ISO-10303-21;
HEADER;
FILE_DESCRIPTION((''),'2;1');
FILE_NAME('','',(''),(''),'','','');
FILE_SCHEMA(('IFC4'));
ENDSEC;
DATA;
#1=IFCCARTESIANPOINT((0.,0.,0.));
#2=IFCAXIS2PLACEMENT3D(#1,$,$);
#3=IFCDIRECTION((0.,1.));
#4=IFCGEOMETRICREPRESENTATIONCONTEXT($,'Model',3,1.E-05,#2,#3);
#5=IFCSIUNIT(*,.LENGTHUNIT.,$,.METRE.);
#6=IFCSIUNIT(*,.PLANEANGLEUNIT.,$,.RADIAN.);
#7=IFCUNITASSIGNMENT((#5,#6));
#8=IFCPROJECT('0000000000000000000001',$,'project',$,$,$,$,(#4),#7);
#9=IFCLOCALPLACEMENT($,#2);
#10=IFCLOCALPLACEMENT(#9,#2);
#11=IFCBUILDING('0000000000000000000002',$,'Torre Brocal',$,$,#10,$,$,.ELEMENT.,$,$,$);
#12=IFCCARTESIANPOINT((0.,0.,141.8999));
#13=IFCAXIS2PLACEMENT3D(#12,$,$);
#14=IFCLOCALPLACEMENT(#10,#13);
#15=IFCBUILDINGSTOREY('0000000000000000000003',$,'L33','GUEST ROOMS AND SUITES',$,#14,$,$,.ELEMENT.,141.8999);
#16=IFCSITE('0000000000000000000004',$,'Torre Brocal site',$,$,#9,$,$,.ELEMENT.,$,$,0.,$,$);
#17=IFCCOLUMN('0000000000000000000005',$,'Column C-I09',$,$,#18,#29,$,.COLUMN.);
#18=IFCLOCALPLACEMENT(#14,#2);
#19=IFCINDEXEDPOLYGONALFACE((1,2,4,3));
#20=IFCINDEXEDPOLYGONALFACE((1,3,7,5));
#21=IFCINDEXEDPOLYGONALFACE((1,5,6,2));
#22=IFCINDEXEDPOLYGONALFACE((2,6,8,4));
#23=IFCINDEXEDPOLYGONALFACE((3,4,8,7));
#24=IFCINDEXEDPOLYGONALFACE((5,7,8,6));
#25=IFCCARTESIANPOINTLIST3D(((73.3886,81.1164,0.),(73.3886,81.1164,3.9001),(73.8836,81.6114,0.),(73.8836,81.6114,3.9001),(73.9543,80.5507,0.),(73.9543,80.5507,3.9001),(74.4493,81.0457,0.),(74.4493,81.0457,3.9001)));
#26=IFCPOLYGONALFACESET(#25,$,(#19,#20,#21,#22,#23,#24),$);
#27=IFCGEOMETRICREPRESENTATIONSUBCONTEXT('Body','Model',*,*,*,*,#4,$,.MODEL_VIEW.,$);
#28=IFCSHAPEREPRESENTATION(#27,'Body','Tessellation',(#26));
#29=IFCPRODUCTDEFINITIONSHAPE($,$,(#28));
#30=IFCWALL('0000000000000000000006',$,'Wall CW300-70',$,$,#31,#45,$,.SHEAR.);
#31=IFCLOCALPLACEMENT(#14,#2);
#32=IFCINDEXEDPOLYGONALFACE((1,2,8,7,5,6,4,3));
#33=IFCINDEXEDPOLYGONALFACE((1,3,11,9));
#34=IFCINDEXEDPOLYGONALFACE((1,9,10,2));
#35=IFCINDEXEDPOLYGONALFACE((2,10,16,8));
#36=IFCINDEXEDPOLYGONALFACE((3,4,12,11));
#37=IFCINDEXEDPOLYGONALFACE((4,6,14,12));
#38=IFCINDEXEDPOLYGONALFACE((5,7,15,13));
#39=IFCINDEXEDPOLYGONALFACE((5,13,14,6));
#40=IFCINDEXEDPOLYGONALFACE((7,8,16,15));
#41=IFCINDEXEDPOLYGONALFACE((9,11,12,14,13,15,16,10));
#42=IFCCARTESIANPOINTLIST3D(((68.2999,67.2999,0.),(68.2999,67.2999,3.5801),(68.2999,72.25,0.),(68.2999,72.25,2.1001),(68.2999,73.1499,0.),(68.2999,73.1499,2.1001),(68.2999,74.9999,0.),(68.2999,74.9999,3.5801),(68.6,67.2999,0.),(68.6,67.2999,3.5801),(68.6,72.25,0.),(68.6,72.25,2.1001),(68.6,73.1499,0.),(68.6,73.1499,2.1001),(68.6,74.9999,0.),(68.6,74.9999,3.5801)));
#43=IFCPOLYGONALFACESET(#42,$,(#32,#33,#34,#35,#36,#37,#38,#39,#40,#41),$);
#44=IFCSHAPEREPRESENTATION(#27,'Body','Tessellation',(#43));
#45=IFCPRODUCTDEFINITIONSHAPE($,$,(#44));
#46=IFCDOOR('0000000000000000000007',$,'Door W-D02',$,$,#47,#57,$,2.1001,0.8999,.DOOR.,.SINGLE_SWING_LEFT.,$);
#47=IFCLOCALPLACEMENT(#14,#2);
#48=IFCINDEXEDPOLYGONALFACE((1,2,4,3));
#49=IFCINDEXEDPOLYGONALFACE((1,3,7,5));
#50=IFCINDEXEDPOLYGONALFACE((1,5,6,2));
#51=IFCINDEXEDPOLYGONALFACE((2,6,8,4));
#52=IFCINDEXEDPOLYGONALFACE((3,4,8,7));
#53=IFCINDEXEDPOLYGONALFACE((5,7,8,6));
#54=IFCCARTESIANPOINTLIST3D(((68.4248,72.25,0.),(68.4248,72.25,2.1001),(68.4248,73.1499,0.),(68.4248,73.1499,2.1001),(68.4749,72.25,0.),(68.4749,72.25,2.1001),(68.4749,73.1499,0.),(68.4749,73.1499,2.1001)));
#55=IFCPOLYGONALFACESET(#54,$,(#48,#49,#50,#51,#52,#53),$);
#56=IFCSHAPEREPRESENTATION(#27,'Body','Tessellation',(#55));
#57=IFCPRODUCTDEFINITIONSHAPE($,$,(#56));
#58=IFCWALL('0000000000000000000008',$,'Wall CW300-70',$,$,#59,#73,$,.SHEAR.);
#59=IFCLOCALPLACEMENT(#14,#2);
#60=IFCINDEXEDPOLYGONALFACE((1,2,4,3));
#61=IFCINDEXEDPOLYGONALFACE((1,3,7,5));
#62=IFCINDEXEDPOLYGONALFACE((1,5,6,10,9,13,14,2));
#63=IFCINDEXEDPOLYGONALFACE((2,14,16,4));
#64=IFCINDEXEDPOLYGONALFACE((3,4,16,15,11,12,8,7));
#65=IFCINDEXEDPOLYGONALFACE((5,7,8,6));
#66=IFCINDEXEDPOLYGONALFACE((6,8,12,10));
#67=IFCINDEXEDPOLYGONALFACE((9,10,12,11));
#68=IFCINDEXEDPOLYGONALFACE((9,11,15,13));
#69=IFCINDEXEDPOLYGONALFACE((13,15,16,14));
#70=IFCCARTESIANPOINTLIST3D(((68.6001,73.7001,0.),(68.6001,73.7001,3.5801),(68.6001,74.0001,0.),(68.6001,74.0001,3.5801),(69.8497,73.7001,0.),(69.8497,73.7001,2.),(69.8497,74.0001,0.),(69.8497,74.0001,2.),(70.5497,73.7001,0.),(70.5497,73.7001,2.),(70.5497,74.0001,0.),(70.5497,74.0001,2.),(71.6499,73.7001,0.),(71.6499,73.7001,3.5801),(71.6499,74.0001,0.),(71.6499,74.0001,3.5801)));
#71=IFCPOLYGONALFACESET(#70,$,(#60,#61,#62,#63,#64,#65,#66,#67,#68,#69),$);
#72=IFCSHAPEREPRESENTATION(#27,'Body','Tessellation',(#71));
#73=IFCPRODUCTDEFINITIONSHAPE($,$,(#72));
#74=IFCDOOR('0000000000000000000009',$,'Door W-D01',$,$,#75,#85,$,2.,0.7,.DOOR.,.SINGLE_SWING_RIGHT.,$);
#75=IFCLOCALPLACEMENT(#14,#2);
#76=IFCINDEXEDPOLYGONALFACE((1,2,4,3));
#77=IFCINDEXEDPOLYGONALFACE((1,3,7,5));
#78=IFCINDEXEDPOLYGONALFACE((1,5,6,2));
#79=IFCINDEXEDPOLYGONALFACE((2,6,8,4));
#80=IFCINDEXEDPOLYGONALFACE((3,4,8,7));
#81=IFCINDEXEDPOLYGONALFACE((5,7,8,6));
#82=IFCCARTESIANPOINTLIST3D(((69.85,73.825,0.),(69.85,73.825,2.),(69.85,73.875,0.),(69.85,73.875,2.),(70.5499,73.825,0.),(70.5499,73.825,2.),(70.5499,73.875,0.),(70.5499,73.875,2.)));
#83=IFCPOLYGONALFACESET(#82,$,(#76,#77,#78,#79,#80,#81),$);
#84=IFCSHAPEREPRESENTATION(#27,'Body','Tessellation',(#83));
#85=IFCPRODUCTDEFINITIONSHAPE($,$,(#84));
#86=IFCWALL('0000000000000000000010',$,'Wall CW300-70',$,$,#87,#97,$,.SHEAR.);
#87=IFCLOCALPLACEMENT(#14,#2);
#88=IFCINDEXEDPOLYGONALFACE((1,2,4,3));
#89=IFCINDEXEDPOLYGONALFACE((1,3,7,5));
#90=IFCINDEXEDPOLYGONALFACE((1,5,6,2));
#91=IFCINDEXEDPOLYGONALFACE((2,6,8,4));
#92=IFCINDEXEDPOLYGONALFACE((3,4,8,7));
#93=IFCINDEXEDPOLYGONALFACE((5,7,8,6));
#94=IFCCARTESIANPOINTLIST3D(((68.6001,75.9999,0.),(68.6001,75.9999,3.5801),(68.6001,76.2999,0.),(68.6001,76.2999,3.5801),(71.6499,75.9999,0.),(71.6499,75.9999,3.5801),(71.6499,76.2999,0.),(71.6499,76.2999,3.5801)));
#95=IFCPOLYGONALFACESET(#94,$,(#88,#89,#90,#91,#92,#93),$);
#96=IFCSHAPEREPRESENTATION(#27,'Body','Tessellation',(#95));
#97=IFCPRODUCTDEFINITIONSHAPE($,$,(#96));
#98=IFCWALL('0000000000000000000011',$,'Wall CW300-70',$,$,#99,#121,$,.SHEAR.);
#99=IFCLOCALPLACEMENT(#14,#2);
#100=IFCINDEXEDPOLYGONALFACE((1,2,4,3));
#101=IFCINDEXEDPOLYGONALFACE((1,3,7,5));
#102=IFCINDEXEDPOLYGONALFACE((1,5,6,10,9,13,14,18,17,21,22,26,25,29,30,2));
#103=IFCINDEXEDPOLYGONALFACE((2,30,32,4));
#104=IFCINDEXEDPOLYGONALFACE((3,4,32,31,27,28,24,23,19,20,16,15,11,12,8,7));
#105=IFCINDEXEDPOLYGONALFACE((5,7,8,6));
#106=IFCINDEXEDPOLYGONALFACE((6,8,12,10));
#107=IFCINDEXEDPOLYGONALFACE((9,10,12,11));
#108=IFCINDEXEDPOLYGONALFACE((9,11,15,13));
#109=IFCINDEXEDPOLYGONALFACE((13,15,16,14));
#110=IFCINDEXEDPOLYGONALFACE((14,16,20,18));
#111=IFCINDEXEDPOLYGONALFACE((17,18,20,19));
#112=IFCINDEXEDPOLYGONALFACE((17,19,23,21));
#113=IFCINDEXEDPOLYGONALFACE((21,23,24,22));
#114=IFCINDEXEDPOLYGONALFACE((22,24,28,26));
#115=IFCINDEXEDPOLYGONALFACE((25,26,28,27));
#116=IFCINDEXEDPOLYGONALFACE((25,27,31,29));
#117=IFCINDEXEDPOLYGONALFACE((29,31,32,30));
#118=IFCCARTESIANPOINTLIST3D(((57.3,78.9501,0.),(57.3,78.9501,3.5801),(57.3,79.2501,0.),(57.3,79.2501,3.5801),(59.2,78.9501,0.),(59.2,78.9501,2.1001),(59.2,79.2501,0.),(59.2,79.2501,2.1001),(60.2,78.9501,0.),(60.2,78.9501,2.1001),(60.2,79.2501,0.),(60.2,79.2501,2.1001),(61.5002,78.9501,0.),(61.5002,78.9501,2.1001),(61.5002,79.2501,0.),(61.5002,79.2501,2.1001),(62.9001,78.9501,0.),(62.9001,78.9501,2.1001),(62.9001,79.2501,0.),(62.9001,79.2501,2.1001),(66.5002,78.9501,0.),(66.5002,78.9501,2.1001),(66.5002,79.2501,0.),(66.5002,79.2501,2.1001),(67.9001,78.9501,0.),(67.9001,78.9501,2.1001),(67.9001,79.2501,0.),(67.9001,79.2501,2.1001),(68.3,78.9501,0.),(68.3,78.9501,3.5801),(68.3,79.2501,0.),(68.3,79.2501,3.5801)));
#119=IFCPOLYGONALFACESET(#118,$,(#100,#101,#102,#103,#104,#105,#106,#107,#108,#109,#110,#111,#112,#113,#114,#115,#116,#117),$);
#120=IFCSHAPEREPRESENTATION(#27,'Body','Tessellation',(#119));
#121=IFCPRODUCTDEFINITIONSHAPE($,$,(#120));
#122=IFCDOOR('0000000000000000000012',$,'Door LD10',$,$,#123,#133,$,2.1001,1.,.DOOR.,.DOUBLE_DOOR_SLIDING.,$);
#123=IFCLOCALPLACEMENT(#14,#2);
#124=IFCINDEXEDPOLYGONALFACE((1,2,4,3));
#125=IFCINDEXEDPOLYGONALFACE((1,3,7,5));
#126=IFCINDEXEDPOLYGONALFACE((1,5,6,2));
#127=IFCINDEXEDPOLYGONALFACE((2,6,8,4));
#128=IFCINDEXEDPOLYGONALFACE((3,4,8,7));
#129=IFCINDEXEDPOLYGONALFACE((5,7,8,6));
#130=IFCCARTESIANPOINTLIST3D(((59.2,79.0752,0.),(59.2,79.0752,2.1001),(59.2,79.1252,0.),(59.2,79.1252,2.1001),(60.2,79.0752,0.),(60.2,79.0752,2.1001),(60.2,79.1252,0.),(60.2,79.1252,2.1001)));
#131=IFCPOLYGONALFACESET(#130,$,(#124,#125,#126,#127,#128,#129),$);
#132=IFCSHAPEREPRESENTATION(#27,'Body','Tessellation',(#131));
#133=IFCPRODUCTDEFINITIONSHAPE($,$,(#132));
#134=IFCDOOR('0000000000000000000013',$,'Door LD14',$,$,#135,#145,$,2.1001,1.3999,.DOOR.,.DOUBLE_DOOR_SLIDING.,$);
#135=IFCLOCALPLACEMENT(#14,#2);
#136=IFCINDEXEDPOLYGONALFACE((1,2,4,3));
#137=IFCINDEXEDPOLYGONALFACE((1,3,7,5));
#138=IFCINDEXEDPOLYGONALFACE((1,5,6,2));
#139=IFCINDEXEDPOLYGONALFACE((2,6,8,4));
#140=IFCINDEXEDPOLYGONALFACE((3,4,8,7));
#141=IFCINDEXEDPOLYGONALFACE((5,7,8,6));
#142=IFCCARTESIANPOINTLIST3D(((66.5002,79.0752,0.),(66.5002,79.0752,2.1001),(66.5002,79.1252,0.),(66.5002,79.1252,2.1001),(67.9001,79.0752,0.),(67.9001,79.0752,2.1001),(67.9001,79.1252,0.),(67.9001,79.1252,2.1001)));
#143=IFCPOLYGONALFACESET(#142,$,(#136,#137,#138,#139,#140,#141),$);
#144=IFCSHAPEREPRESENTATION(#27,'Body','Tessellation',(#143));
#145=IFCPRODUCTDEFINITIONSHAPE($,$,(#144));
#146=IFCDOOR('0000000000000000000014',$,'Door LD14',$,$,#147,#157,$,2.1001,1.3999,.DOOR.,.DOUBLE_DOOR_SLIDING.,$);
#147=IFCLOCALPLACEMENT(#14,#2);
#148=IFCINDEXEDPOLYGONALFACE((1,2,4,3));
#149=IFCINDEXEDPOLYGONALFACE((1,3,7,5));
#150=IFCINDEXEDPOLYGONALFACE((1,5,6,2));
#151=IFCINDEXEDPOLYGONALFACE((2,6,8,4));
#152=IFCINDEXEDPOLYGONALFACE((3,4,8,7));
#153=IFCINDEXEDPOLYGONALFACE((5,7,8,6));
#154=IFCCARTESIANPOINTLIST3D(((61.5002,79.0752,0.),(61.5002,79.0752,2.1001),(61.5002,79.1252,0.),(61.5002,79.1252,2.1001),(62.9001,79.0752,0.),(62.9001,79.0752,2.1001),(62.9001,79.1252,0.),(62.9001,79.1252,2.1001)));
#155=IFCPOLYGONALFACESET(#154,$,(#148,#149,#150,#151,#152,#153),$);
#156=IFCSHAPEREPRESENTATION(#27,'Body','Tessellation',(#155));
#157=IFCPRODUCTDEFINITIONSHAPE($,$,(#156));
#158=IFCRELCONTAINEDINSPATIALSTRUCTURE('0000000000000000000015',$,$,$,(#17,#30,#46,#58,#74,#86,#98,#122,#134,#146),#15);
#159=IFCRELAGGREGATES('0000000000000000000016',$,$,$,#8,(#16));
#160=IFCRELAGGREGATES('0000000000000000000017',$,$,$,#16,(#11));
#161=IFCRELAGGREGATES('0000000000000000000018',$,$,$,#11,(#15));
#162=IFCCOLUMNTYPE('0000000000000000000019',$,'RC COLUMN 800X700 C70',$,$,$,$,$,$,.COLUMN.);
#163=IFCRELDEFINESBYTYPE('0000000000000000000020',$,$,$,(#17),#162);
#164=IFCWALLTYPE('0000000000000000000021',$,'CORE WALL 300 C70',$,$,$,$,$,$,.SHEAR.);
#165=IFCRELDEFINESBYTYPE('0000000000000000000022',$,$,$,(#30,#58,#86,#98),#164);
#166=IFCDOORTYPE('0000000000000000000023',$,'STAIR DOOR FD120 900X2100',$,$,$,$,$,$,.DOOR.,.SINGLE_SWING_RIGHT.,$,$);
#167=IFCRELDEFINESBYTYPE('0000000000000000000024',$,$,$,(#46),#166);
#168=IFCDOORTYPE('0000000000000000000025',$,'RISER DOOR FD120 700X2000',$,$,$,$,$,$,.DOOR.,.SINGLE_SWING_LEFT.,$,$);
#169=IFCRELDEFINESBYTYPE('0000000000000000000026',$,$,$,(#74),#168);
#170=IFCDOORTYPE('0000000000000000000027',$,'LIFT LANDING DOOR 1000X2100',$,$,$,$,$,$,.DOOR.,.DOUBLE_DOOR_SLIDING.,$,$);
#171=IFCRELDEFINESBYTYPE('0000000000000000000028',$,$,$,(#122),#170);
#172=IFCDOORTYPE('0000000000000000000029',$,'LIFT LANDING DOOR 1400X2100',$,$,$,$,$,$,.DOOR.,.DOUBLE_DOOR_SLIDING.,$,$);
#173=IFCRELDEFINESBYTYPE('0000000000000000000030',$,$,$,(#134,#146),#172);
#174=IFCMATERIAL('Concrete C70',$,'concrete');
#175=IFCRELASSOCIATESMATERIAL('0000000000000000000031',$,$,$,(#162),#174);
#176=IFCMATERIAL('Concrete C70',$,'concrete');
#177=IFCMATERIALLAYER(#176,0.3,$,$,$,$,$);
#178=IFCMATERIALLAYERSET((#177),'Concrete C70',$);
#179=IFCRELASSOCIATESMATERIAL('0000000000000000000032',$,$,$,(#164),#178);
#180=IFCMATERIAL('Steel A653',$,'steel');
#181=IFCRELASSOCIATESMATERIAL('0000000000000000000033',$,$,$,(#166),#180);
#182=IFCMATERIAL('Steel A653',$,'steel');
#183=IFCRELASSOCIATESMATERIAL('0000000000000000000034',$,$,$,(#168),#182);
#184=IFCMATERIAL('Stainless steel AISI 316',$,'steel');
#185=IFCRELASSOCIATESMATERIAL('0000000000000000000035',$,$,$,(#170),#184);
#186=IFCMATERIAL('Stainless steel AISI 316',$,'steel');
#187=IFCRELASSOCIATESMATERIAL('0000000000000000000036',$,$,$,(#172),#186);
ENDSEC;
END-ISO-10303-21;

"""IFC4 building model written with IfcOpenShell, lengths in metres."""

from ifc_helpers import new_model, si_unit, direction, frame, frame_2d, origin, origin_2d, place, context, subcontext, project, spatial, rectangle, extrude, material, layer, layer_set, material_profile, profile_set, type_object, element, fill, save


model = new_model("IFC4")

# Units and contexts
model_context = context("Model", 3, precision=1e-05, world=origin(), true_north=direction((0.0, 1.0)))
body_context = subcontext(model_context, "Body", "Model", "MODEL_VIEW")
ifc_project = project(units=[si_unit("LENGTHUNIT", "METRE"), si_unit("PLANEANGLEUNIT", "RADIAN")], contexts=[model_context])

# Site, building, storey
site_placement = place(None, origin())
site = spatial("IfcSite", under=ifc_project, at=site_placement, Name="Torre Brocal site", CompositionType="ELEMENT", RefElevation=0.0)
building_placement = place(site_placement, origin())
building = spatial("IfcBuilding", under=site, at=building_placement, Name="Torre Brocal", CompositionType="ELEMENT")
storey_placement = place(building_placement, frame((0.0, 0.0, 141.8999)))
storey = spatial("IfcBuildingStorey", under=building, at=storey_placement, Name="L33", Description="GUEST ROOMS AND SUITES", CompositionType="ELEMENT", Elevation=141.8999)

# Column
ifc_material_1 = material(Name="Concrete C70", Category="concrete")
ifc_material_profile = material_profile(ifc_material_1, rectangle(XDim=0.8, YDim=0.7, at=origin_2d()), Name="RC 800X700")
ifc_profile_set = profile_set([ifc_material_profile], Name="Concrete C70")
column_type = type_object("IfcColumnType", Name="RC COLUMN 800X700 C70", PredefinedType="COLUMN", material=ifc_profile_set)
column_placement = place(storey_placement, frame((73.9189, 81.0811, 0.0), z_axis=(0.0, 0.0, 1.0), x_axis=(-0.707107, 0.707107, 0.0)))
element("IfcColumn", 1, at=column_placement, inside=storey, type_object=column_type, Name="Column C-I09", PredefinedType="COLUMN", context=body_context, shape_type="SweptSolid", body=[
    extrude(rectangle(XDim=0.8, YDim=0.7, at=origin_2d()), origin(), (0.0, 0.0, 1.0), 3.9001),
])

# Walls, openings, doors
ifc_material_2 = material(Name="Concrete C70", Category="concrete")
ifc_layer_1 = layer(ifc_material_2, 0.3)
ifc_layer_set_1 = layer_set([ifc_layer_1], Name="Concrete C70")
wall_type_1 = type_object("IfcWallType", Name="CORE WALL 300 C70", PredefinedType="SHEAR", material=ifc_layer_set_1)
wall_1_placement = place(storey_placement, frame((68.45, 75.0, 0.0), z_axis=(0.0, 0.0, 1.0), x_axis=(0.0, -1.0, 0.0)))
wall_1 = element("IfcWall", 2, at=wall_1_placement, inside=storey, type_object=wall_type_1, Name="Wall CW300-70", PredefinedType="SHEAR", context=body_context, shape_type="SweptSolid", body=[
    extrude(rectangle(XDim=7.7, YDim=0.3, at=frame_2d((3.8501, 0.0))), origin(), (0.0, 0.0, 1.0), 3.5801),
])
opening_1_placement = place(wall_1_placement, frame((1.8501, 0.0, 0.0)))
opening_1 = element("IfcOpeningElement", 3, at=opening_1_placement, cuts=wall_1, PredefinedType="OPENING", context=body_context, shape_type="SweptSolid", body=[
    extrude(rectangle(XDim=0.8999, YDim=2.1001, at=frame_2d((0.45, 1.05))), frame((0.0, 0.1599, 0.0), z_axis=(0.0, -1.0, 0.0), x_axis=(1.0, 0.0, 0.0)), (0.0, 0.0, 1.0), 0.3201),
])
ifc_material_3 = material(Name="Steel A653", Category="steel")
door_type_1 = type_object("IfcDoorType", Name="STAIR DOOR FD120 900X2100", OperationType="SINGLE_SWING_RIGHT", PredefinedType="DOOR", material=ifc_material_3)
door_1_placement = place(opening_1_placement, origin())
door_1 = element("IfcDoor", 4, at=door_1_placement, inside=storey, type_object=door_type_1, Name="Door W-D02", OperationType="SINGLE_SWING_LEFT", OverallHeight=2.1001, OverallWidth=0.8999, PredefinedType="DOOR", context=body_context, shape_type="SweptSolid", body=[
    extrude(rectangle(XDim=0.8999, YDim=2.1001, at=frame_2d((0.45, 1.05))), frame((0.0, 0.0249, 0.0), z_axis=(0.0, -1.0, 0.0), x_axis=(1.0, 0.0, 0.0)), (0.0, 0.0, 1.0), 0.05),
])
fill(opening_1, door_1)
wall_2_placement = place(storey_placement, frame((71.6499, 73.8501, 0.0), z_axis=(0.0, 0.0, 1.0), x_axis=(-1.0, 0.0, 0.0)))
wall_2 = element("IfcWall", 5, at=wall_2_placement, inside=storey, type_object=wall_type_1, Name="Wall CW300-70", PredefinedType="SHEAR", context=body_context, shape_type="SweptSolid", body=[
    extrude(rectangle(XDim=3.0498, YDim=0.3, at=frame_2d((1.5249, 0.0))), origin(), (0.0, 0.0, 1.0), 3.5801),
])
opening_2_placement = place(wall_2_placement, frame((1.1001, 0.0, 0.0)))
opening_2 = element("IfcOpeningElement", 6, at=opening_2_placement, cuts=wall_2, PredefinedType="OPENING", context=body_context, shape_type="SweptSolid", body=[
    extrude(rectangle(XDim=0.7, YDim=2.0, at=frame_2d((0.3501, 1.0))), frame((0.0, 0.1599, 0.0), z_axis=(0.0, -1.0, 0.0), x_axis=(1.0, 0.0, 0.0)), (0.0, 0.0, 1.0), 0.3201),
])
ifc_material_4 = material(Name="Steel A653", Category="steel")
door_type_2 = type_object("IfcDoorType", Name="RISER DOOR FD120 700X2000", OperationType="SINGLE_SWING_LEFT", PredefinedType="DOOR", material=ifc_material_4)
door_2_placement = place(opening_2_placement, frame((0.7, 0.0, 0.0), z_axis=(0.0, 0.0, 1.0), x_axis=(-1.0, 0.0, 0.0)))
door_2 = element("IfcDoor", 7, at=door_2_placement, inside=storey, type_object=door_type_2, Name="Door W-D01", OperationType="SINGLE_SWING_RIGHT", OverallHeight=2.0, OverallWidth=0.7, PredefinedType="DOOR", context=body_context, shape_type="SweptSolid", body=[
    extrude(rectangle(XDim=0.7, YDim=2.0, at=frame_2d((0.3501, 1.0))), frame((0.0, 0.0249, 0.0), z_axis=(0.0, -1.0, 0.0), x_axis=(1.0, 0.0, 0.0)), (0.0, 0.0, 1.0), 0.05),
])
fill(opening_2, door_2)

# Wall
wall_3_placement = place(storey_placement, frame((71.6499, 76.1499, 0.0), z_axis=(0.0, 0.0, 1.0), x_axis=(-1.0, 0.0, 0.0)))
element("IfcWall", 8, at=wall_3_placement, inside=storey, type_object=wall_type_1, Name="Wall CW300-70", PredefinedType="SHEAR", context=body_context, shape_type="SweptSolid", body=[
    extrude(rectangle(XDim=3.0498, YDim=0.3, at=frame_2d((1.5249, 0.0))), origin(), (0.0, 0.0, 1.0), 3.5801),
])

# Wall, openings, doors
wall_4_placement = place(storey_placement, frame((68.3, 79.1001, 0.0), z_axis=(0.0, 0.0, 1.0), x_axis=(-1.0, 0.0, 0.0)))
wall_4 = element("IfcWall", 9, at=wall_4_placement, inside=storey, type_object=wall_type_1, Name="Wall CW300-70", PredefinedType="SHEAR", context=body_context, shape_type="SweptSolid", body=[
    extrude(rectangle(XDim=11.0, YDim=0.3, at=frame_2d((5.5, 0.0))), origin(), (0.0, 0.0, 1.0), 3.5801),
])
opening_3_placement = place(wall_4_placement, frame((0.3999, 0.0, 0.0)))
opening_3 = element("IfcOpeningElement", 10, at=opening_3_placement, cuts=wall_4, PredefinedType="OPENING", context=body_context, shape_type="SweptSolid", body=[
    extrude(rectangle(XDim=1.3999, YDim=2.1001, at=frame_2d((0.7, 1.05))), frame((0.0, 0.1599, 0.0), z_axis=(0.0, -1.0, 0.0), x_axis=(1.0, 0.0, 0.0)), (0.0, 0.0, 1.0), 0.3201),
])
opening_4_placement = place(wall_4_placement, frame((5.3999, 0.0, 0.0)))
opening_4 = element("IfcOpeningElement", 11, at=opening_4_placement, cuts=wall_4, PredefinedType="OPENING", context=body_context, shape_type="SweptSolid", body=[
    extrude(rectangle(XDim=1.3999, YDim=2.1001, at=frame_2d((0.7, 1.05))), frame((0.0, 0.1599, 0.0), z_axis=(0.0, -1.0, 0.0), x_axis=(1.0, 0.0, 0.0)), (0.0, 0.0, 1.0), 0.3201),
])
opening_5_placement = place(wall_4_placement, frame((8.1001, 0.0, 0.0)))
opening_5 = element("IfcOpeningElement", 12, at=opening_5_placement, cuts=wall_4, PredefinedType="OPENING", context=body_context, shape_type="SweptSolid", body=[
    extrude(rectangle(XDim=1.0, YDim=2.1001, at=frame_2d((0.5, 1.05))), frame((0.0, 0.1599, 0.0), z_axis=(0.0, -1.0, 0.0), x_axis=(1.0, 0.0, 0.0)), (0.0, 0.0, 1.0), 0.3201),
])
ifc_material_5 = material(Name="Stainless steel AISI 316", Category="steel")
door_type_3 = type_object("IfcDoorType", Name="LIFT LANDING DOOR 1000X2100", OperationType="DOUBLE_DOOR_SLIDING", PredefinedType="DOOR", material=ifc_material_5)
door_3_placement = place(opening_5_placement, origin())
door_3 = element("IfcDoor", 13, at=door_3_placement, inside=storey, type_object=door_type_3, Name="Door LD10", OperationType="DOUBLE_DOOR_SLIDING", OverallHeight=2.1001, OverallWidth=1.0, PredefinedType="DOOR", context=body_context, shape_type="SweptSolid", body=[
    extrude(rectangle(XDim=1.0, YDim=2.1001, at=frame_2d((0.5, 1.05))), frame((0.0, 0.0249, 0.0), z_axis=(0.0, -1.0, 0.0), x_axis=(1.0, 0.0, 0.0)), (0.0, 0.0, 1.0), 0.05),
])
fill(opening_5, door_3)
ifc_material_6 = material(Name="Stainless steel AISI 316", Category="steel")
door_type_4 = type_object("IfcDoorType", Name="LIFT LANDING DOOR 1400X2100", OperationType="DOUBLE_DOOR_SLIDING", PredefinedType="DOOR", material=ifc_material_6)
door_4_placement = place(opening_3_placement, origin())
door_4 = element("IfcDoor", 14, at=door_4_placement, inside=storey, type_object=door_type_4, Name="Door LD14", OperationType="DOUBLE_DOOR_SLIDING", OverallHeight=2.1001, OverallWidth=1.3999, PredefinedType="DOOR", context=body_context, shape_type="SweptSolid", body=[
    extrude(rectangle(XDim=1.3999, YDim=2.1001, at=frame_2d((0.7, 1.05))), frame((0.0, 0.0249, 0.0), z_axis=(0.0, -1.0, 0.0), x_axis=(1.0, 0.0, 0.0)), (0.0, 0.0, 1.0), 0.05),
])
fill(opening_3, door_4)
door_5_placement = place(opening_4_placement, origin())
door_5 = element("IfcDoor", 15, at=door_5_placement, inside=storey, type_object=door_type_4, Name="Door LD14", OperationType="DOUBLE_DOOR_SLIDING", OverallHeight=2.1001, OverallWidth=1.3999, PredefinedType="DOOR", context=body_context, shape_type="SweptSolid", body=[
    extrude(rectangle(XDim=1.3999, YDim=2.1001, at=frame_2d((0.7, 1.05))), frame((0.0, 0.0249, 0.0), z_axis=(0.0, -1.0, 0.0), x_axis=(1.0, 0.0, 0.0)), (0.0, 0.0, 1.0), 0.05),
])
fill(opening_4, door_5)

save(model, "model.ifc")
